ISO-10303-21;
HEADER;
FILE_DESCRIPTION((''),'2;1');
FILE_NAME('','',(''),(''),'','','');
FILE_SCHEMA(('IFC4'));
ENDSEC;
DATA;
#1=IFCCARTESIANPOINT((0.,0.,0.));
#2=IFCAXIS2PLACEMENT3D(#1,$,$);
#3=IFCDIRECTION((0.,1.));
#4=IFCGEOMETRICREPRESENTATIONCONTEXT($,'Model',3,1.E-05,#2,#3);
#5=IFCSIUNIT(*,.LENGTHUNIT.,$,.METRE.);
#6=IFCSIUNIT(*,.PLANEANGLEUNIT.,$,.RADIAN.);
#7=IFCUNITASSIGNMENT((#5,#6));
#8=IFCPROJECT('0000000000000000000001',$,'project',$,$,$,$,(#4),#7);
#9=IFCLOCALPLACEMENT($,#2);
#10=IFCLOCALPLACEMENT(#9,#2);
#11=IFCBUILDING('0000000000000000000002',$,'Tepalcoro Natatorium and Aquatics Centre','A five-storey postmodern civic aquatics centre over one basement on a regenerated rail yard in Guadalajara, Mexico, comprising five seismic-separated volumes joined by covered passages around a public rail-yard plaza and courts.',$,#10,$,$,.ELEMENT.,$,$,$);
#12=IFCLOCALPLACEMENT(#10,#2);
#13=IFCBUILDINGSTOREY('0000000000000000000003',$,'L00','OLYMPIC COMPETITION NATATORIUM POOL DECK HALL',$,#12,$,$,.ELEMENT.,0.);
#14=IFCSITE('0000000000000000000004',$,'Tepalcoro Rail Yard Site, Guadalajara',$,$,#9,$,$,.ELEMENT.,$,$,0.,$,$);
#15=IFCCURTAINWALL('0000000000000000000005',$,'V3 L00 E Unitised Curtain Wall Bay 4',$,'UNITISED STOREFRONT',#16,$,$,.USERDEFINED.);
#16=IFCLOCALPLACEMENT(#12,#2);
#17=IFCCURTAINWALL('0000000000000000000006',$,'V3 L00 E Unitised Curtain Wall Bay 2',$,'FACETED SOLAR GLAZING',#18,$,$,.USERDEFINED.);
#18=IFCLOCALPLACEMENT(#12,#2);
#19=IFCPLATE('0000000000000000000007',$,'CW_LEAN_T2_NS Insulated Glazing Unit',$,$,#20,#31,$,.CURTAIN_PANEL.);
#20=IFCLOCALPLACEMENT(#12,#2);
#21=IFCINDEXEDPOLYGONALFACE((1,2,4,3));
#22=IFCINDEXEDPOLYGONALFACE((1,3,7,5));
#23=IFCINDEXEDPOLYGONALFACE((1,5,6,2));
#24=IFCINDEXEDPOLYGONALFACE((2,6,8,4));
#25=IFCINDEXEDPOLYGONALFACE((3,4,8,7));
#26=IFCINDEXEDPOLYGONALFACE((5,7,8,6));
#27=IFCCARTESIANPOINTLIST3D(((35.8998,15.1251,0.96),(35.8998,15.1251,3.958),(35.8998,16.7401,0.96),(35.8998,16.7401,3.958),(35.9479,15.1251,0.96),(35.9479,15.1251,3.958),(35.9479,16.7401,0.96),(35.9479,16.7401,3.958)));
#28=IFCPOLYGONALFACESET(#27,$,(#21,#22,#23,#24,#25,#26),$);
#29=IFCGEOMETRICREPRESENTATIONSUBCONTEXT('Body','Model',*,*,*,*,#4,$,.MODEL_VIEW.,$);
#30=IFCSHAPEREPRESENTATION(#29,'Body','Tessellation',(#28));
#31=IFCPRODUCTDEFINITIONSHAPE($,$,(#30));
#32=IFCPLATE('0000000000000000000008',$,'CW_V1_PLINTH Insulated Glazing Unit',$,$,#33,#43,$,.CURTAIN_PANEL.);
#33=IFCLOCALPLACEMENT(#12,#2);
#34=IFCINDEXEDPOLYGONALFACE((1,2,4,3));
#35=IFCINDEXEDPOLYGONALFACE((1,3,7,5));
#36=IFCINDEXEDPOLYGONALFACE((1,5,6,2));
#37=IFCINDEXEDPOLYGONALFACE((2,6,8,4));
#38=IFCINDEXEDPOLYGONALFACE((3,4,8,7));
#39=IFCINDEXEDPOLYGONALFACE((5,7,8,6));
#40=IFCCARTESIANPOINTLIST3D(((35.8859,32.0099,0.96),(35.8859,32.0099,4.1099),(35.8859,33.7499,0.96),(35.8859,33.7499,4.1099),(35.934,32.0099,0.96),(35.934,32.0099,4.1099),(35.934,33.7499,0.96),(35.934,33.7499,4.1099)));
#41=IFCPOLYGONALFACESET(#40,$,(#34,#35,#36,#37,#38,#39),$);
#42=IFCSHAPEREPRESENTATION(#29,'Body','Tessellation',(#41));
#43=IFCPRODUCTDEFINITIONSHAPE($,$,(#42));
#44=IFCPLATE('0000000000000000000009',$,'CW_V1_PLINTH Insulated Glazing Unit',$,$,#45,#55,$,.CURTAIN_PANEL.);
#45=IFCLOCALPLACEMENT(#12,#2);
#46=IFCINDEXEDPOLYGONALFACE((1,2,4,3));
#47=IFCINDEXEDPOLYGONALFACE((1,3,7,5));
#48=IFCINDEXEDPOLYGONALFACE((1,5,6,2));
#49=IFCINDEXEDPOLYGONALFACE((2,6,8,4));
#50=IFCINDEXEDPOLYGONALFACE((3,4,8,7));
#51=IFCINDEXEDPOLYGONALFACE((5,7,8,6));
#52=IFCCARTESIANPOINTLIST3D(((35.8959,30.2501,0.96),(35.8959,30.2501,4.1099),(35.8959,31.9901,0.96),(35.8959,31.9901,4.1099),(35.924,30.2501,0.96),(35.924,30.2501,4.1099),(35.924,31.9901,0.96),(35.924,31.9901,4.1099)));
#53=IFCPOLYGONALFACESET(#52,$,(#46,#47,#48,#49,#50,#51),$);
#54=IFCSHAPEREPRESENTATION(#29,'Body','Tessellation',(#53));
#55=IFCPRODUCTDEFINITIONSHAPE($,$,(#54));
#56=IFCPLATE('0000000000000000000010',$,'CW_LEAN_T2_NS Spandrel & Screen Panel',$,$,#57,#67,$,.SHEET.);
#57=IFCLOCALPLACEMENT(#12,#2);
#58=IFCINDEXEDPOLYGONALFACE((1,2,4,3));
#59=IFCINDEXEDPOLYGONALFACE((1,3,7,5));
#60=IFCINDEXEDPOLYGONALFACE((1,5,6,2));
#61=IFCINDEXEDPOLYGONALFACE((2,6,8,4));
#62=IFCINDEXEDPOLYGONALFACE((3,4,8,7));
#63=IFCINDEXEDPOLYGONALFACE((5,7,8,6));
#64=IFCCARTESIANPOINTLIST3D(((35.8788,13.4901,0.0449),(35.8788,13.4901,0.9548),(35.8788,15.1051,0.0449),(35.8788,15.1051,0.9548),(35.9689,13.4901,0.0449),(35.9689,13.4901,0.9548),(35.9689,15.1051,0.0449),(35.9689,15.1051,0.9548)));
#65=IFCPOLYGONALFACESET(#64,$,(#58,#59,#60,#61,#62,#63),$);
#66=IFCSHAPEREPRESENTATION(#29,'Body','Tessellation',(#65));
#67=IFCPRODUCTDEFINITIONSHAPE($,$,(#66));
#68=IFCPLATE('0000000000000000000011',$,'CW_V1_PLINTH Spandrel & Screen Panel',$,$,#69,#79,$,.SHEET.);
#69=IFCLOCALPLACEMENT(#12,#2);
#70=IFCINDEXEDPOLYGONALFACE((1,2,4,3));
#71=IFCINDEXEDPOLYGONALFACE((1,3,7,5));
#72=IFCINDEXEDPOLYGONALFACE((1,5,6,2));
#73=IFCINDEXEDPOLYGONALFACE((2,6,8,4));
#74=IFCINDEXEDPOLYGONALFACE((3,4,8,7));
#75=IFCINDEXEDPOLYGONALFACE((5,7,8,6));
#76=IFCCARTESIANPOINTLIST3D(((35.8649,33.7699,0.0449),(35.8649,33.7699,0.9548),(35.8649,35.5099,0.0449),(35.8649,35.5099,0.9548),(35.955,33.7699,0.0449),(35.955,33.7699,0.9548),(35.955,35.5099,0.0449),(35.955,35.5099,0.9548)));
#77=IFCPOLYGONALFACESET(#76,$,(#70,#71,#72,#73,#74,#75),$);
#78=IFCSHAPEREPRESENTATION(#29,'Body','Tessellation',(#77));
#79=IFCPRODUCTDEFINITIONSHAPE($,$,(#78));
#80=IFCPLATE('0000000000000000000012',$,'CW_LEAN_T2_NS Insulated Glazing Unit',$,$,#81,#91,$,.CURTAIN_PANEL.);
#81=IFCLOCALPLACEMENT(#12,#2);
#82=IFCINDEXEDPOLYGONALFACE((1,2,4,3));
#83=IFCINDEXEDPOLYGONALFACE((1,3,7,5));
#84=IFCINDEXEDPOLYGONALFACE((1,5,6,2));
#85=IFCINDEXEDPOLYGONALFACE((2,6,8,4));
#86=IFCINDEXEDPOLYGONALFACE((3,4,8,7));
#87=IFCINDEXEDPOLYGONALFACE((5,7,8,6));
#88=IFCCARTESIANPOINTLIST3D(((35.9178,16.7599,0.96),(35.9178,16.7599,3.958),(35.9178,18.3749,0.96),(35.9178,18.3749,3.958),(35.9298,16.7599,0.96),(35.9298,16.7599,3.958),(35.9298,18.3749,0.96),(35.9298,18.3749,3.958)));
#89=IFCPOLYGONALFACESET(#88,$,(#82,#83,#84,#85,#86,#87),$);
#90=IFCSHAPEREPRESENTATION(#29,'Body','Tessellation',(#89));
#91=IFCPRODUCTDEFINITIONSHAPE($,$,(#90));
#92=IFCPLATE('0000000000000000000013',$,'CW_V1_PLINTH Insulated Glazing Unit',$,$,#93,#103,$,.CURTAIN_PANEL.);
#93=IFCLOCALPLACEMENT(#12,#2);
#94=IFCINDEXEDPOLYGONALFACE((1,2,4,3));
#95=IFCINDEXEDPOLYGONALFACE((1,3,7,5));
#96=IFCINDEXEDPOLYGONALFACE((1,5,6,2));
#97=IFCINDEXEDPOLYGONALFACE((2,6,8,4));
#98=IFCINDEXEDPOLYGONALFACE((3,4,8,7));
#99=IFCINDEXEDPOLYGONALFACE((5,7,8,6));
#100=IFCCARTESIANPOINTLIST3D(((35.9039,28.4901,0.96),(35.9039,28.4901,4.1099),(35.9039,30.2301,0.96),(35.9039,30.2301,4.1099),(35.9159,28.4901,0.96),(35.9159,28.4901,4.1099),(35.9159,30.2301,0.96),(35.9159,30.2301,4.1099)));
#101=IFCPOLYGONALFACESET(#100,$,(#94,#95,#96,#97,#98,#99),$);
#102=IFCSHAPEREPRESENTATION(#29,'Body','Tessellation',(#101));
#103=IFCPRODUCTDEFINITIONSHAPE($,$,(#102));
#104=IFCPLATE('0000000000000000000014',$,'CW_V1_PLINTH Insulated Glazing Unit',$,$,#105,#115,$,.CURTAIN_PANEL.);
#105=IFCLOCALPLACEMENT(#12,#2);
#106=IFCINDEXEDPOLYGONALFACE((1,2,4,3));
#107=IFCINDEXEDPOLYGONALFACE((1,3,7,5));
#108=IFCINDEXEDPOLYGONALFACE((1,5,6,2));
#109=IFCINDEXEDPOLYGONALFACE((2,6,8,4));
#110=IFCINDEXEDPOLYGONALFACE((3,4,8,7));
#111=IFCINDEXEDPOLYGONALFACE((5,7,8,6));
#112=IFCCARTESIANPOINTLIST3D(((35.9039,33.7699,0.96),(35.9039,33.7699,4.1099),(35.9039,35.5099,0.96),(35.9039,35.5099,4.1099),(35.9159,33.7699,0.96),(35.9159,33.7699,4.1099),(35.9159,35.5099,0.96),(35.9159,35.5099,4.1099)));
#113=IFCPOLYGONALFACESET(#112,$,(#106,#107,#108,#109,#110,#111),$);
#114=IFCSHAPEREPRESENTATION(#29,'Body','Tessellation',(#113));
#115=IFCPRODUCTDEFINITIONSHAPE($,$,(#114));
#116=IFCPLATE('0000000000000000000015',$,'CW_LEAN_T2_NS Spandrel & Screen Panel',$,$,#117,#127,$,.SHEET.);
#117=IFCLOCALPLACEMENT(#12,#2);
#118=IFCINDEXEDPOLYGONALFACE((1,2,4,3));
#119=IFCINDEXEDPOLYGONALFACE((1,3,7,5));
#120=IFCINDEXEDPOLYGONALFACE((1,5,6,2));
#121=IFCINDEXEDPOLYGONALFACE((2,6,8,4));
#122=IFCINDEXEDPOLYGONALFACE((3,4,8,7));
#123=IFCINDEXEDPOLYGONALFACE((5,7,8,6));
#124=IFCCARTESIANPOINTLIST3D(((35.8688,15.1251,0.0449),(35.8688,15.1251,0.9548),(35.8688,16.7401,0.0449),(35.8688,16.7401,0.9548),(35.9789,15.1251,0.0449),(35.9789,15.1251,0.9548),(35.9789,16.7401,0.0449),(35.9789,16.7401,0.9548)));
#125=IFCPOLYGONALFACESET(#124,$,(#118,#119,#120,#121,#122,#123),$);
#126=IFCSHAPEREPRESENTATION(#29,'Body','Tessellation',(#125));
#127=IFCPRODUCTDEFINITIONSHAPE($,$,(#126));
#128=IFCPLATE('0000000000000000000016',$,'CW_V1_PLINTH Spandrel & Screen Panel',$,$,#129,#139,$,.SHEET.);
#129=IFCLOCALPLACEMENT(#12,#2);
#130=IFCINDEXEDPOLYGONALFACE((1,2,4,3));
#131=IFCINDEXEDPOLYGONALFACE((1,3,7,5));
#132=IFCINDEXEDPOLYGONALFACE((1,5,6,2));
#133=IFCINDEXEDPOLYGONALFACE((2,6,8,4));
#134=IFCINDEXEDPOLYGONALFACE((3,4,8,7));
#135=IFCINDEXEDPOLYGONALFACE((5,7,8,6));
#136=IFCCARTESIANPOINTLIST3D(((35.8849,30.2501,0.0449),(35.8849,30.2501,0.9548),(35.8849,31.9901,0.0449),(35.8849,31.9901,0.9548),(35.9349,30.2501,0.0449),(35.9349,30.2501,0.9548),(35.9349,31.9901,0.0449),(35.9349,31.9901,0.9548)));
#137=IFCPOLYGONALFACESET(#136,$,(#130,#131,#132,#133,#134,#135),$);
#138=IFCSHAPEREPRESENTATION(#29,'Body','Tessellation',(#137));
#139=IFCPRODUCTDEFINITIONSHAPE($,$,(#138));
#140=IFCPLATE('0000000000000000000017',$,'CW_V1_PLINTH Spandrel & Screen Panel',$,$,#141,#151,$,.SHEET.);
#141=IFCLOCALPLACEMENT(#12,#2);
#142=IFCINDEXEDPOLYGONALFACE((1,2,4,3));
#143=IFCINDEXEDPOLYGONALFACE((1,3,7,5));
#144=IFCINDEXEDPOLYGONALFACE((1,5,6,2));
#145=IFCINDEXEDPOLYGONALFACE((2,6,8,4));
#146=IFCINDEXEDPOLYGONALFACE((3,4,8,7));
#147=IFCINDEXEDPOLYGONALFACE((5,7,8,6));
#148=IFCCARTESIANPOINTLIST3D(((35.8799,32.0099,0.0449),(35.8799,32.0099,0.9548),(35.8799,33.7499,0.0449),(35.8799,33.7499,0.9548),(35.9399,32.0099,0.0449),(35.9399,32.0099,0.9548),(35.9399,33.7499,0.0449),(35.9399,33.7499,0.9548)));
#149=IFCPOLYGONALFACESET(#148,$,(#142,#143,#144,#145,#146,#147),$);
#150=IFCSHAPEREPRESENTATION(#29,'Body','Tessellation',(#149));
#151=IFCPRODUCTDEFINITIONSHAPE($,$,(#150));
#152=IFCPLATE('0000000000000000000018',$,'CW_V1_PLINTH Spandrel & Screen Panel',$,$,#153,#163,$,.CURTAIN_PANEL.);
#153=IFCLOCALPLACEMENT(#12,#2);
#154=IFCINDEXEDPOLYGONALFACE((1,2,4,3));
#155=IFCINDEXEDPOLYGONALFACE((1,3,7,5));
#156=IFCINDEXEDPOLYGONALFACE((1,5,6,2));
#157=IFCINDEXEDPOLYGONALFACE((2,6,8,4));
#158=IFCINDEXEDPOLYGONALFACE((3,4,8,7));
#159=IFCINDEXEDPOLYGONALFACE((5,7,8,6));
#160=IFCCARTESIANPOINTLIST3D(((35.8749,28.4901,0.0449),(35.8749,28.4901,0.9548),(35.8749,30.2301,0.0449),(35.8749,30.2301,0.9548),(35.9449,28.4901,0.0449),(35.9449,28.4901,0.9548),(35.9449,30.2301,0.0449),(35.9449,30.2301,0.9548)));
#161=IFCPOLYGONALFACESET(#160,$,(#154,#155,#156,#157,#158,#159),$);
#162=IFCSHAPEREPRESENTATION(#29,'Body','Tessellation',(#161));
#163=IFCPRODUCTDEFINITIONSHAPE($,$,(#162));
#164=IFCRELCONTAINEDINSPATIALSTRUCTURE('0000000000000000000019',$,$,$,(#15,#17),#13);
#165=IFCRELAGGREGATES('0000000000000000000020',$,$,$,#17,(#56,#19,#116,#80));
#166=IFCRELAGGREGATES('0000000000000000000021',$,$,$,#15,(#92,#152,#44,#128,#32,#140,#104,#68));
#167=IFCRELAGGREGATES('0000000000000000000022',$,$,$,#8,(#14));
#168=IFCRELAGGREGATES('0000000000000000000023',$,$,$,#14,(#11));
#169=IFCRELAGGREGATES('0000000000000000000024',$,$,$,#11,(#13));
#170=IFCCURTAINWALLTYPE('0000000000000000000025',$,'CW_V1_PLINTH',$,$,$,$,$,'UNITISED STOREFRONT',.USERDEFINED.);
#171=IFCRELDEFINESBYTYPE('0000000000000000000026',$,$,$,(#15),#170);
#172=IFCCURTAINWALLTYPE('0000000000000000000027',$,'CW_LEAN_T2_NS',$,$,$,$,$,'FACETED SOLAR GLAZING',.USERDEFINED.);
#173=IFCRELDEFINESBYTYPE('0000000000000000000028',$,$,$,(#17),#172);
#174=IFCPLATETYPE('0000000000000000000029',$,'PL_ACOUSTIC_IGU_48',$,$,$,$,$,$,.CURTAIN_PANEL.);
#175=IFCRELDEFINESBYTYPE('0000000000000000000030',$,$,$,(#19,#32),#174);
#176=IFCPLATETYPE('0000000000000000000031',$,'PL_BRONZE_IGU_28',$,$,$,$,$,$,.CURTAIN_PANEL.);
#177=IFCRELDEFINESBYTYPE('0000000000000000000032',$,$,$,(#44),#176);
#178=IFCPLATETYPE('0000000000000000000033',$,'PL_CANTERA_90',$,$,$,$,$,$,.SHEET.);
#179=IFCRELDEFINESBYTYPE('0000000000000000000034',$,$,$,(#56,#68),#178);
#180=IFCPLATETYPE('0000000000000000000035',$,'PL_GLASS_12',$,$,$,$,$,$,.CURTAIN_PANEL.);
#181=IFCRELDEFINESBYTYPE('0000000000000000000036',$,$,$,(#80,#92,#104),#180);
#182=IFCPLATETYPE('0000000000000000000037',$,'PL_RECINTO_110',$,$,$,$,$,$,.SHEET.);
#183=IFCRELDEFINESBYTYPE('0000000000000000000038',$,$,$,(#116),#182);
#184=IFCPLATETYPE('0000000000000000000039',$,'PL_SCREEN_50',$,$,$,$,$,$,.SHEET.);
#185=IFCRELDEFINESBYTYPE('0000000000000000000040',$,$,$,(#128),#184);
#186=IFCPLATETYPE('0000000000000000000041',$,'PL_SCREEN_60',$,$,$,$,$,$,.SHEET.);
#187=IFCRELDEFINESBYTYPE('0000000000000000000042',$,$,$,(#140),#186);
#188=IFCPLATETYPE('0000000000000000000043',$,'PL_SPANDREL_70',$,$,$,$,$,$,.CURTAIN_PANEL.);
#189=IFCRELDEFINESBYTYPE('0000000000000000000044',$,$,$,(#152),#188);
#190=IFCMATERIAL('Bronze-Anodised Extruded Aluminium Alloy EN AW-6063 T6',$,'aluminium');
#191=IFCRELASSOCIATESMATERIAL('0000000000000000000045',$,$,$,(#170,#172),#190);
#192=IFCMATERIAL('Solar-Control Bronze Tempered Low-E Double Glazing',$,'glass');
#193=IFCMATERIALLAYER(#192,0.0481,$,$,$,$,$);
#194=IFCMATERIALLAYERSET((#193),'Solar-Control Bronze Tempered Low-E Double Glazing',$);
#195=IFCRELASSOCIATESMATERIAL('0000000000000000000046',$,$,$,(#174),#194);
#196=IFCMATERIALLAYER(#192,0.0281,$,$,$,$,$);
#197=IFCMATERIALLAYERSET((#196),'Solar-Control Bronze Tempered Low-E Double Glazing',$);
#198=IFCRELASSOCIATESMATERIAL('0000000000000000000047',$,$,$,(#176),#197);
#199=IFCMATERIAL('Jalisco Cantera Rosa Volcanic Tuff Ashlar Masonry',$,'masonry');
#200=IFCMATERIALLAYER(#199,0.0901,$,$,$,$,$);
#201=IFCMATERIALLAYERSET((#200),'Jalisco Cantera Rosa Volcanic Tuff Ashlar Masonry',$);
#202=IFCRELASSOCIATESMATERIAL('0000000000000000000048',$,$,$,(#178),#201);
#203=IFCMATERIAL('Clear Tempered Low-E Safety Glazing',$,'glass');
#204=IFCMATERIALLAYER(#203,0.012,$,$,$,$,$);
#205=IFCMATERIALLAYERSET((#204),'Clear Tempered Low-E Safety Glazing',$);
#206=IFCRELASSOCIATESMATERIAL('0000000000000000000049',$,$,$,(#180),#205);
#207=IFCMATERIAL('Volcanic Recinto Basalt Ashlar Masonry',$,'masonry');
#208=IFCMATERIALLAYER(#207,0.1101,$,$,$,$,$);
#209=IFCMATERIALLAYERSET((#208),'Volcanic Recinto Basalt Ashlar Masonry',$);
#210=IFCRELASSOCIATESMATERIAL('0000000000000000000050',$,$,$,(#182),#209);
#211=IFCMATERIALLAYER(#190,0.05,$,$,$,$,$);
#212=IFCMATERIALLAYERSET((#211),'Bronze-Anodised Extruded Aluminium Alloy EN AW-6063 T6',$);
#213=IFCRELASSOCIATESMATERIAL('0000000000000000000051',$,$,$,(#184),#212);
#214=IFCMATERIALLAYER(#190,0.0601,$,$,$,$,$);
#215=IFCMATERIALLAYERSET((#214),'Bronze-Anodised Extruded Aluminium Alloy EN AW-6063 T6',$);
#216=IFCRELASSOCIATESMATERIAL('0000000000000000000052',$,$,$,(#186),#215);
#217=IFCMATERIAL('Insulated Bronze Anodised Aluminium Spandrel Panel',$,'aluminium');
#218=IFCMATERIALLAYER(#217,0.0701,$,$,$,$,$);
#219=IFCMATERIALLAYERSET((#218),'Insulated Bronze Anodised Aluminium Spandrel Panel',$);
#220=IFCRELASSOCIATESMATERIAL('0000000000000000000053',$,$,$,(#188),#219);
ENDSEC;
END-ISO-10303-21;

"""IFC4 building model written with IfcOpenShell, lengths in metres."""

from ifc_helpers import new_model, si_unit, direction, frame, origin, origin_2d, place, context, subcontext, project, spatial, rectangle, extrude, material, layer, layer_set, type_object, element, aggregate, save


model = new_model("IFC4")

# Units and contexts
model_context = context("Model", 3, precision=1e-05, world=origin(), true_north=direction((0.0, 1.0)))
body_context = subcontext(model_context, "Body", "Model", "MODEL_VIEW")
ifc_project = project(units=[si_unit("LENGTHUNIT", "METRE"), si_unit("PLANEANGLEUNIT", "RADIAN")], contexts=[model_context])

# Site, building, storey
site_placement = place(None, origin())
site = spatial("IfcSite", under=ifc_project, at=site_placement, Name="Tepalcoro Rail Yard Site, Guadalajara", CompositionType="ELEMENT", RefElevation=0.0)
building_placement = place(site_placement, origin())
building = spatial("IfcBuilding", under=site, at=building_placement, Name="Tepalcoro Natatorium and Aquatics Centre", Description="A five-storey postmodern civic aquatics centre over one basement on a regenerated rail yard in Guadalajara, Mexico, comprising five seismic-separated volumes joined by covered passages around a public rail-yard plaza and courts.", CompositionType="ELEMENT")
storey_placement = place(building_placement, origin())
storey = spatial("IfcBuildingStorey", under=building, at=storey_placement, Name="L00", Description="OLYMPIC COMPETITION NATATORIUM POOL DECK HALL", CompositionType="ELEMENT", Elevation=0.0)

# Curtain walls
ifc_material_1 = material(Name="Bronze-Anodised Extruded Aluminium Alloy EN AW-6063 T6", Category="aluminium")
curtain_wall_type_1 = type_object("IfcCurtainWallType", Name="CW_V1_PLINTH", ElementType="UNITISED STOREFRONT", PredefinedType="USERDEFINED", material=ifc_material_1)
curtain_wall_1_placement = place(storey_placement, origin())
curtain_wall_1 = element("IfcCurtainWall", 1, at=curtain_wall_1_placement, inside=storey, type_object=curtain_wall_type_1, Name="V3 L00 E Unitised Curtain Wall Bay 4", ObjectType="UNITISED STOREFRONT", PredefinedType="USERDEFINED")
curtain_wall_type_2 = type_object("IfcCurtainWallType", Name="CW_LEAN_T2_NS", ElementType="FACETED SOLAR GLAZING", PredefinedType="USERDEFINED", material=ifc_material_1)
curtain_wall_2_placement = place(storey_placement, origin())
curtain_wall_2 = element("IfcCurtainWall", 2, at=curtain_wall_2_placement, inside=storey, type_object=curtain_wall_type_2, Name="V3 L00 E Unitised Curtain Wall Bay 2", ObjectType="FACETED SOLAR GLAZING", PredefinedType="USERDEFINED")

# Plates
ifc_material_2 = material(Name="Solar-Control Bronze Tempered Low-E Double Glazing", Category="glass")
ifc_layer_1 = layer(ifc_material_2, 0.0481)
ifc_layer_set_1 = layer_set([ifc_layer_1], Name="Solar-Control Bronze Tempered Low-E Double Glazing")
plate_type_1 = type_object("IfcPlateType", Name="PL_ACOUSTIC_IGU_48", PredefinedType="CURTAIN_PANEL", material=ifc_layer_set_1)
plate_1_placement = place(storey_placement, frame((35.9238, 15.9326, 0.96), z_axis=(0.0, 0.0, 1.0), x_axis=(1.0, 0.0, 0.0)))
plate_1 = element("IfcPlate", 3, at=plate_1_placement, type_object=plate_type_1, Name="CW_LEAN_T2_NS Insulated Glazing Unit", PredefinedType="CURTAIN_PANEL", context=body_context, shape_type="SweptSolid", body=[
    extrude(rectangle(XDim=0.0481, YDim=1.615, at=origin_2d()), origin(), (0.0, 0.0, 1.0), 2.998),
])
plate_2_placement = place(storey_placement, frame((35.9099, 32.8799, 0.96), z_axis=(0.0, 0.0, 1.0), x_axis=(1.0, 0.0, 0.0)))
plate_2 = element("IfcPlate", 4, at=plate_2_placement, type_object=plate_type_1, Name="CW_V1_PLINTH Insulated Glazing Unit", PredefinedType="CURTAIN_PANEL", context=body_context, shape_type="SweptSolid", body=[
    extrude(rectangle(XDim=0.0481, YDim=1.74, at=origin_2d()), origin(), (0.0, 0.0, 1.0), 3.1499),
])
ifc_layer_2 = layer(ifc_material_2, 0.0281)
ifc_layer_set_2 = layer_set([ifc_layer_2], Name="Solar-Control Bronze Tempered Low-E Double Glazing")
plate_type_2 = type_object("IfcPlateType", Name="PL_BRONZE_IGU_28", PredefinedType="CURTAIN_PANEL", material=ifc_layer_set_2)
plate_3_placement = place(storey_placement, frame((35.9099, 31.1201, 0.96), z_axis=(0.0, 0.0, 1.0), x_axis=(1.0, 0.0, 0.0)))
plate_3 = element("IfcPlate", 5, at=plate_3_placement, type_object=plate_type_2, Name="CW_V1_PLINTH Insulated Glazing Unit", PredefinedType="CURTAIN_PANEL", context=body_context, shape_type="SweptSolid", body=[
    extrude(rectangle(XDim=0.0281, YDim=1.74, at=origin_2d()), origin(), (0.0, 0.0, 1.0), 3.1499),
])
ifc_material_3 = material(Name="Jalisco Cantera Rosa Volcanic Tuff Ashlar Masonry", Category="masonry")
ifc_layer_3 = layer(ifc_material_3, 0.0901)
ifc_layer_set_3 = layer_set([ifc_layer_3], Name="Jalisco Cantera Rosa Volcanic Tuff Ashlar Masonry")
plate_type_3 = type_object("IfcPlateType", Name="PL_CANTERA_90", PredefinedType="SHEET", material=ifc_layer_set_3)
plate_4_placement = place(storey_placement, frame((35.9238, 14.2976, 0.0449), z_axis=(0.0, 0.0, 1.0), x_axis=(1.0, 0.0, 0.0)))
plate_4 = element("IfcPlate", 6, at=plate_4_placement, type_object=plate_type_3, Name="CW_LEAN_T2_NS Spandrel & Screen Panel", PredefinedType="SHEET", context=body_context, shape_type="SweptSolid", body=[
    extrude(rectangle(XDim=0.0901, YDim=1.615, at=origin_2d()), origin(), (0.0, 0.0, 1.0), 0.9099),
])
plate_5_placement = place(storey_placement, frame((35.9099, 34.6399, 0.0449), z_axis=(0.0, 0.0, 1.0), x_axis=(1.0, 0.0, 0.0)))
plate_5 = element("IfcPlate", 7, at=plate_5_placement, type_object=plate_type_3, Name="CW_V1_PLINTH Spandrel & Screen Panel", PredefinedType="SHEET", context=body_context, shape_type="SweptSolid", body=[
    extrude(rectangle(XDim=0.0901, YDim=1.74, at=origin_2d()), origin(), (0.0, 0.0, 1.0), 0.9099),
])
ifc_material_4 = material(Name="Clear Tempered Low-E Safety Glazing", Category="glass")
ifc_layer_4 = layer(ifc_material_4, 0.012)
ifc_layer_set_4 = layer_set([ifc_layer_4], Name="Clear Tempered Low-E Safety Glazing")
plate_type_4 = type_object("IfcPlateType", Name="PL_GLASS_12", PredefinedType="CURTAIN_PANEL", material=ifc_layer_set_4)
plate_6_placement = place(storey_placement, frame((35.9238, 17.5674, 0.96), z_axis=(0.0, 0.0, 1.0), x_axis=(1.0, 0.0, 0.0)))
plate_6 = element("IfcPlate", 8, at=plate_6_placement, type_object=plate_type_4, Name="CW_LEAN_T2_NS Insulated Glazing Unit", PredefinedType="CURTAIN_PANEL", context=body_context, shape_type="SweptSolid", body=[
    extrude(rectangle(XDim=0.012, YDim=1.615, at=origin_2d()), origin(), (0.0, 0.0, 1.0), 2.998),
])
plate_7_placement = place(storey_placement, frame((35.9099, 29.3601, 0.96), z_axis=(0.0, 0.0, 1.0), x_axis=(1.0, 0.0, 0.0)))
plate_7 = element("IfcPlate", 9, at=plate_7_placement, type_object=plate_type_4, Name="CW_V1_PLINTH Insulated Glazing Unit", PredefinedType="CURTAIN_PANEL", context=body_context, shape_type="SweptSolid", body=[
    extrude(rectangle(XDim=0.012, YDim=1.74, at=origin_2d()), origin(), (0.0, 0.0, 1.0), 3.1499),
])
plate_8_placement = place(storey_placement, frame((35.9099, 34.6399, 0.96), z_axis=(0.0, 0.0, 1.0), x_axis=(1.0, 0.0, 0.0)))
plate_8 = element("IfcPlate", 10, at=plate_8_placement, type_object=plate_type_4, Name="CW_V1_PLINTH Insulated Glazing Unit", PredefinedType="CURTAIN_PANEL", context=body_context, shape_type="SweptSolid", body=[
    extrude(rectangle(XDim=0.012, YDim=1.74, at=origin_2d()), origin(), (0.0, 0.0, 1.0), 3.1499),
])
ifc_material_5 = material(Name="Volcanic Recinto Basalt Ashlar Masonry", Category="masonry")
ifc_layer_5 = layer(ifc_material_5, 0.1101)
ifc_layer_set_5 = layer_set([ifc_layer_5], Name="Volcanic Recinto Basalt Ashlar Masonry")
plate_type_5 = type_object("IfcPlateType", Name="PL_RECINTO_110", PredefinedType="SHEET", material=ifc_layer_set_5)
plate_9_placement = place(storey_placement, frame((35.9238, 15.9326, 0.0449), z_axis=(0.0, 0.0, 1.0), x_axis=(1.0, 0.0, 0.0)))
plate_9 = element("IfcPlate", 11, at=plate_9_placement, type_object=plate_type_5, Name="CW_LEAN_T2_NS Spandrel & Screen Panel", PredefinedType="SHEET", context=body_context, shape_type="SweptSolid", body=[
    extrude(rectangle(XDim=0.1101, YDim=1.615, at=origin_2d()), origin(), (0.0, 0.0, 1.0), 0.9099),
])
aggregate(curtain_wall_2, [plate_4, plate_1, plate_9, plate_6])
ifc_layer_6 = layer(ifc_material_1, 0.05)
ifc_layer_set_6 = layer_set([ifc_layer_6], Name="Bronze-Anodised Extruded Aluminium Alloy EN AW-6063 T6")
plate_type_6 = type_object("IfcPlateType", Name="PL_SCREEN_50", PredefinedType="SHEET", material=ifc_layer_set_6)
plate_10_placement = place(storey_placement, frame((35.9099, 31.1201, 0.0449), z_axis=(0.0, 0.0, 1.0), x_axis=(1.0, 0.0, 0.0)))
plate_10 = element("IfcPlate", 12, at=plate_10_placement, type_object=plate_type_6, Name="CW_V1_PLINTH Spandrel & Screen Panel", PredefinedType="SHEET", context=body_context, shape_type="SweptSolid", body=[
    extrude(rectangle(XDim=0.05, YDim=1.74, at=origin_2d()), origin(), (0.0, 0.0, 1.0), 0.9099),
])
ifc_layer_7 = layer(ifc_material_1, 0.0601)
ifc_layer_set_7 = layer_set([ifc_layer_7], Name="Bronze-Anodised Extruded Aluminium Alloy EN AW-6063 T6")
plate_type_7 = type_object("IfcPlateType", Name="PL_SCREEN_60", PredefinedType="SHEET", material=ifc_layer_set_7)
plate_11_placement = place(storey_placement, frame((35.9099, 32.8799, 0.0449), z_axis=(0.0, 0.0, 1.0), x_axis=(1.0, 0.0, 0.0)))
plate_11 = element("IfcPlate", 13, at=plate_11_placement, type_object=plate_type_7, Name="CW_V1_PLINTH Spandrel & Screen Panel", PredefinedType="SHEET", context=body_context, shape_type="SweptSolid", body=[
    extrude(rectangle(XDim=0.0601, YDim=1.74, at=origin_2d()), origin(), (0.0, 0.0, 1.0), 0.9099),
])
ifc_material_6 = material(Name="Insulated Bronze Anodised Aluminium Spandrel Panel", Category="aluminium")
ifc_layer_8 = layer(ifc_material_6, 0.0701)
ifc_layer_set_8 = layer_set([ifc_layer_8], Name="Insulated Bronze Anodised Aluminium Spandrel Panel")
plate_type_8 = type_object("IfcPlateType", Name="PL_SPANDREL_70", PredefinedType="CURTAIN_PANEL", material=ifc_layer_set_8)
plate_12_placement = place(storey_placement, frame((35.9099, 29.3601, 0.0449), z_axis=(0.0, 0.0, 1.0), x_axis=(1.0, 0.0, 0.0)))
plate_12 = element("IfcPlate", 14, at=plate_12_placement, type_object=plate_type_8, Name="CW_V1_PLINTH Spandrel & Screen Panel", PredefinedType="CURTAIN_PANEL", context=body_context, shape_type="SweptSolid", body=[
    extrude(rectangle(XDim=0.0701, YDim=1.74, at=origin_2d()), origin(), (0.0, 0.0, 1.0), 0.9099),
])
aggregate(curtain_wall_1, [plate_7, plate_12, plate_3, plate_10, plate_2, plate_11, plate_8, plate_5])

save(model, "model.ifc")
